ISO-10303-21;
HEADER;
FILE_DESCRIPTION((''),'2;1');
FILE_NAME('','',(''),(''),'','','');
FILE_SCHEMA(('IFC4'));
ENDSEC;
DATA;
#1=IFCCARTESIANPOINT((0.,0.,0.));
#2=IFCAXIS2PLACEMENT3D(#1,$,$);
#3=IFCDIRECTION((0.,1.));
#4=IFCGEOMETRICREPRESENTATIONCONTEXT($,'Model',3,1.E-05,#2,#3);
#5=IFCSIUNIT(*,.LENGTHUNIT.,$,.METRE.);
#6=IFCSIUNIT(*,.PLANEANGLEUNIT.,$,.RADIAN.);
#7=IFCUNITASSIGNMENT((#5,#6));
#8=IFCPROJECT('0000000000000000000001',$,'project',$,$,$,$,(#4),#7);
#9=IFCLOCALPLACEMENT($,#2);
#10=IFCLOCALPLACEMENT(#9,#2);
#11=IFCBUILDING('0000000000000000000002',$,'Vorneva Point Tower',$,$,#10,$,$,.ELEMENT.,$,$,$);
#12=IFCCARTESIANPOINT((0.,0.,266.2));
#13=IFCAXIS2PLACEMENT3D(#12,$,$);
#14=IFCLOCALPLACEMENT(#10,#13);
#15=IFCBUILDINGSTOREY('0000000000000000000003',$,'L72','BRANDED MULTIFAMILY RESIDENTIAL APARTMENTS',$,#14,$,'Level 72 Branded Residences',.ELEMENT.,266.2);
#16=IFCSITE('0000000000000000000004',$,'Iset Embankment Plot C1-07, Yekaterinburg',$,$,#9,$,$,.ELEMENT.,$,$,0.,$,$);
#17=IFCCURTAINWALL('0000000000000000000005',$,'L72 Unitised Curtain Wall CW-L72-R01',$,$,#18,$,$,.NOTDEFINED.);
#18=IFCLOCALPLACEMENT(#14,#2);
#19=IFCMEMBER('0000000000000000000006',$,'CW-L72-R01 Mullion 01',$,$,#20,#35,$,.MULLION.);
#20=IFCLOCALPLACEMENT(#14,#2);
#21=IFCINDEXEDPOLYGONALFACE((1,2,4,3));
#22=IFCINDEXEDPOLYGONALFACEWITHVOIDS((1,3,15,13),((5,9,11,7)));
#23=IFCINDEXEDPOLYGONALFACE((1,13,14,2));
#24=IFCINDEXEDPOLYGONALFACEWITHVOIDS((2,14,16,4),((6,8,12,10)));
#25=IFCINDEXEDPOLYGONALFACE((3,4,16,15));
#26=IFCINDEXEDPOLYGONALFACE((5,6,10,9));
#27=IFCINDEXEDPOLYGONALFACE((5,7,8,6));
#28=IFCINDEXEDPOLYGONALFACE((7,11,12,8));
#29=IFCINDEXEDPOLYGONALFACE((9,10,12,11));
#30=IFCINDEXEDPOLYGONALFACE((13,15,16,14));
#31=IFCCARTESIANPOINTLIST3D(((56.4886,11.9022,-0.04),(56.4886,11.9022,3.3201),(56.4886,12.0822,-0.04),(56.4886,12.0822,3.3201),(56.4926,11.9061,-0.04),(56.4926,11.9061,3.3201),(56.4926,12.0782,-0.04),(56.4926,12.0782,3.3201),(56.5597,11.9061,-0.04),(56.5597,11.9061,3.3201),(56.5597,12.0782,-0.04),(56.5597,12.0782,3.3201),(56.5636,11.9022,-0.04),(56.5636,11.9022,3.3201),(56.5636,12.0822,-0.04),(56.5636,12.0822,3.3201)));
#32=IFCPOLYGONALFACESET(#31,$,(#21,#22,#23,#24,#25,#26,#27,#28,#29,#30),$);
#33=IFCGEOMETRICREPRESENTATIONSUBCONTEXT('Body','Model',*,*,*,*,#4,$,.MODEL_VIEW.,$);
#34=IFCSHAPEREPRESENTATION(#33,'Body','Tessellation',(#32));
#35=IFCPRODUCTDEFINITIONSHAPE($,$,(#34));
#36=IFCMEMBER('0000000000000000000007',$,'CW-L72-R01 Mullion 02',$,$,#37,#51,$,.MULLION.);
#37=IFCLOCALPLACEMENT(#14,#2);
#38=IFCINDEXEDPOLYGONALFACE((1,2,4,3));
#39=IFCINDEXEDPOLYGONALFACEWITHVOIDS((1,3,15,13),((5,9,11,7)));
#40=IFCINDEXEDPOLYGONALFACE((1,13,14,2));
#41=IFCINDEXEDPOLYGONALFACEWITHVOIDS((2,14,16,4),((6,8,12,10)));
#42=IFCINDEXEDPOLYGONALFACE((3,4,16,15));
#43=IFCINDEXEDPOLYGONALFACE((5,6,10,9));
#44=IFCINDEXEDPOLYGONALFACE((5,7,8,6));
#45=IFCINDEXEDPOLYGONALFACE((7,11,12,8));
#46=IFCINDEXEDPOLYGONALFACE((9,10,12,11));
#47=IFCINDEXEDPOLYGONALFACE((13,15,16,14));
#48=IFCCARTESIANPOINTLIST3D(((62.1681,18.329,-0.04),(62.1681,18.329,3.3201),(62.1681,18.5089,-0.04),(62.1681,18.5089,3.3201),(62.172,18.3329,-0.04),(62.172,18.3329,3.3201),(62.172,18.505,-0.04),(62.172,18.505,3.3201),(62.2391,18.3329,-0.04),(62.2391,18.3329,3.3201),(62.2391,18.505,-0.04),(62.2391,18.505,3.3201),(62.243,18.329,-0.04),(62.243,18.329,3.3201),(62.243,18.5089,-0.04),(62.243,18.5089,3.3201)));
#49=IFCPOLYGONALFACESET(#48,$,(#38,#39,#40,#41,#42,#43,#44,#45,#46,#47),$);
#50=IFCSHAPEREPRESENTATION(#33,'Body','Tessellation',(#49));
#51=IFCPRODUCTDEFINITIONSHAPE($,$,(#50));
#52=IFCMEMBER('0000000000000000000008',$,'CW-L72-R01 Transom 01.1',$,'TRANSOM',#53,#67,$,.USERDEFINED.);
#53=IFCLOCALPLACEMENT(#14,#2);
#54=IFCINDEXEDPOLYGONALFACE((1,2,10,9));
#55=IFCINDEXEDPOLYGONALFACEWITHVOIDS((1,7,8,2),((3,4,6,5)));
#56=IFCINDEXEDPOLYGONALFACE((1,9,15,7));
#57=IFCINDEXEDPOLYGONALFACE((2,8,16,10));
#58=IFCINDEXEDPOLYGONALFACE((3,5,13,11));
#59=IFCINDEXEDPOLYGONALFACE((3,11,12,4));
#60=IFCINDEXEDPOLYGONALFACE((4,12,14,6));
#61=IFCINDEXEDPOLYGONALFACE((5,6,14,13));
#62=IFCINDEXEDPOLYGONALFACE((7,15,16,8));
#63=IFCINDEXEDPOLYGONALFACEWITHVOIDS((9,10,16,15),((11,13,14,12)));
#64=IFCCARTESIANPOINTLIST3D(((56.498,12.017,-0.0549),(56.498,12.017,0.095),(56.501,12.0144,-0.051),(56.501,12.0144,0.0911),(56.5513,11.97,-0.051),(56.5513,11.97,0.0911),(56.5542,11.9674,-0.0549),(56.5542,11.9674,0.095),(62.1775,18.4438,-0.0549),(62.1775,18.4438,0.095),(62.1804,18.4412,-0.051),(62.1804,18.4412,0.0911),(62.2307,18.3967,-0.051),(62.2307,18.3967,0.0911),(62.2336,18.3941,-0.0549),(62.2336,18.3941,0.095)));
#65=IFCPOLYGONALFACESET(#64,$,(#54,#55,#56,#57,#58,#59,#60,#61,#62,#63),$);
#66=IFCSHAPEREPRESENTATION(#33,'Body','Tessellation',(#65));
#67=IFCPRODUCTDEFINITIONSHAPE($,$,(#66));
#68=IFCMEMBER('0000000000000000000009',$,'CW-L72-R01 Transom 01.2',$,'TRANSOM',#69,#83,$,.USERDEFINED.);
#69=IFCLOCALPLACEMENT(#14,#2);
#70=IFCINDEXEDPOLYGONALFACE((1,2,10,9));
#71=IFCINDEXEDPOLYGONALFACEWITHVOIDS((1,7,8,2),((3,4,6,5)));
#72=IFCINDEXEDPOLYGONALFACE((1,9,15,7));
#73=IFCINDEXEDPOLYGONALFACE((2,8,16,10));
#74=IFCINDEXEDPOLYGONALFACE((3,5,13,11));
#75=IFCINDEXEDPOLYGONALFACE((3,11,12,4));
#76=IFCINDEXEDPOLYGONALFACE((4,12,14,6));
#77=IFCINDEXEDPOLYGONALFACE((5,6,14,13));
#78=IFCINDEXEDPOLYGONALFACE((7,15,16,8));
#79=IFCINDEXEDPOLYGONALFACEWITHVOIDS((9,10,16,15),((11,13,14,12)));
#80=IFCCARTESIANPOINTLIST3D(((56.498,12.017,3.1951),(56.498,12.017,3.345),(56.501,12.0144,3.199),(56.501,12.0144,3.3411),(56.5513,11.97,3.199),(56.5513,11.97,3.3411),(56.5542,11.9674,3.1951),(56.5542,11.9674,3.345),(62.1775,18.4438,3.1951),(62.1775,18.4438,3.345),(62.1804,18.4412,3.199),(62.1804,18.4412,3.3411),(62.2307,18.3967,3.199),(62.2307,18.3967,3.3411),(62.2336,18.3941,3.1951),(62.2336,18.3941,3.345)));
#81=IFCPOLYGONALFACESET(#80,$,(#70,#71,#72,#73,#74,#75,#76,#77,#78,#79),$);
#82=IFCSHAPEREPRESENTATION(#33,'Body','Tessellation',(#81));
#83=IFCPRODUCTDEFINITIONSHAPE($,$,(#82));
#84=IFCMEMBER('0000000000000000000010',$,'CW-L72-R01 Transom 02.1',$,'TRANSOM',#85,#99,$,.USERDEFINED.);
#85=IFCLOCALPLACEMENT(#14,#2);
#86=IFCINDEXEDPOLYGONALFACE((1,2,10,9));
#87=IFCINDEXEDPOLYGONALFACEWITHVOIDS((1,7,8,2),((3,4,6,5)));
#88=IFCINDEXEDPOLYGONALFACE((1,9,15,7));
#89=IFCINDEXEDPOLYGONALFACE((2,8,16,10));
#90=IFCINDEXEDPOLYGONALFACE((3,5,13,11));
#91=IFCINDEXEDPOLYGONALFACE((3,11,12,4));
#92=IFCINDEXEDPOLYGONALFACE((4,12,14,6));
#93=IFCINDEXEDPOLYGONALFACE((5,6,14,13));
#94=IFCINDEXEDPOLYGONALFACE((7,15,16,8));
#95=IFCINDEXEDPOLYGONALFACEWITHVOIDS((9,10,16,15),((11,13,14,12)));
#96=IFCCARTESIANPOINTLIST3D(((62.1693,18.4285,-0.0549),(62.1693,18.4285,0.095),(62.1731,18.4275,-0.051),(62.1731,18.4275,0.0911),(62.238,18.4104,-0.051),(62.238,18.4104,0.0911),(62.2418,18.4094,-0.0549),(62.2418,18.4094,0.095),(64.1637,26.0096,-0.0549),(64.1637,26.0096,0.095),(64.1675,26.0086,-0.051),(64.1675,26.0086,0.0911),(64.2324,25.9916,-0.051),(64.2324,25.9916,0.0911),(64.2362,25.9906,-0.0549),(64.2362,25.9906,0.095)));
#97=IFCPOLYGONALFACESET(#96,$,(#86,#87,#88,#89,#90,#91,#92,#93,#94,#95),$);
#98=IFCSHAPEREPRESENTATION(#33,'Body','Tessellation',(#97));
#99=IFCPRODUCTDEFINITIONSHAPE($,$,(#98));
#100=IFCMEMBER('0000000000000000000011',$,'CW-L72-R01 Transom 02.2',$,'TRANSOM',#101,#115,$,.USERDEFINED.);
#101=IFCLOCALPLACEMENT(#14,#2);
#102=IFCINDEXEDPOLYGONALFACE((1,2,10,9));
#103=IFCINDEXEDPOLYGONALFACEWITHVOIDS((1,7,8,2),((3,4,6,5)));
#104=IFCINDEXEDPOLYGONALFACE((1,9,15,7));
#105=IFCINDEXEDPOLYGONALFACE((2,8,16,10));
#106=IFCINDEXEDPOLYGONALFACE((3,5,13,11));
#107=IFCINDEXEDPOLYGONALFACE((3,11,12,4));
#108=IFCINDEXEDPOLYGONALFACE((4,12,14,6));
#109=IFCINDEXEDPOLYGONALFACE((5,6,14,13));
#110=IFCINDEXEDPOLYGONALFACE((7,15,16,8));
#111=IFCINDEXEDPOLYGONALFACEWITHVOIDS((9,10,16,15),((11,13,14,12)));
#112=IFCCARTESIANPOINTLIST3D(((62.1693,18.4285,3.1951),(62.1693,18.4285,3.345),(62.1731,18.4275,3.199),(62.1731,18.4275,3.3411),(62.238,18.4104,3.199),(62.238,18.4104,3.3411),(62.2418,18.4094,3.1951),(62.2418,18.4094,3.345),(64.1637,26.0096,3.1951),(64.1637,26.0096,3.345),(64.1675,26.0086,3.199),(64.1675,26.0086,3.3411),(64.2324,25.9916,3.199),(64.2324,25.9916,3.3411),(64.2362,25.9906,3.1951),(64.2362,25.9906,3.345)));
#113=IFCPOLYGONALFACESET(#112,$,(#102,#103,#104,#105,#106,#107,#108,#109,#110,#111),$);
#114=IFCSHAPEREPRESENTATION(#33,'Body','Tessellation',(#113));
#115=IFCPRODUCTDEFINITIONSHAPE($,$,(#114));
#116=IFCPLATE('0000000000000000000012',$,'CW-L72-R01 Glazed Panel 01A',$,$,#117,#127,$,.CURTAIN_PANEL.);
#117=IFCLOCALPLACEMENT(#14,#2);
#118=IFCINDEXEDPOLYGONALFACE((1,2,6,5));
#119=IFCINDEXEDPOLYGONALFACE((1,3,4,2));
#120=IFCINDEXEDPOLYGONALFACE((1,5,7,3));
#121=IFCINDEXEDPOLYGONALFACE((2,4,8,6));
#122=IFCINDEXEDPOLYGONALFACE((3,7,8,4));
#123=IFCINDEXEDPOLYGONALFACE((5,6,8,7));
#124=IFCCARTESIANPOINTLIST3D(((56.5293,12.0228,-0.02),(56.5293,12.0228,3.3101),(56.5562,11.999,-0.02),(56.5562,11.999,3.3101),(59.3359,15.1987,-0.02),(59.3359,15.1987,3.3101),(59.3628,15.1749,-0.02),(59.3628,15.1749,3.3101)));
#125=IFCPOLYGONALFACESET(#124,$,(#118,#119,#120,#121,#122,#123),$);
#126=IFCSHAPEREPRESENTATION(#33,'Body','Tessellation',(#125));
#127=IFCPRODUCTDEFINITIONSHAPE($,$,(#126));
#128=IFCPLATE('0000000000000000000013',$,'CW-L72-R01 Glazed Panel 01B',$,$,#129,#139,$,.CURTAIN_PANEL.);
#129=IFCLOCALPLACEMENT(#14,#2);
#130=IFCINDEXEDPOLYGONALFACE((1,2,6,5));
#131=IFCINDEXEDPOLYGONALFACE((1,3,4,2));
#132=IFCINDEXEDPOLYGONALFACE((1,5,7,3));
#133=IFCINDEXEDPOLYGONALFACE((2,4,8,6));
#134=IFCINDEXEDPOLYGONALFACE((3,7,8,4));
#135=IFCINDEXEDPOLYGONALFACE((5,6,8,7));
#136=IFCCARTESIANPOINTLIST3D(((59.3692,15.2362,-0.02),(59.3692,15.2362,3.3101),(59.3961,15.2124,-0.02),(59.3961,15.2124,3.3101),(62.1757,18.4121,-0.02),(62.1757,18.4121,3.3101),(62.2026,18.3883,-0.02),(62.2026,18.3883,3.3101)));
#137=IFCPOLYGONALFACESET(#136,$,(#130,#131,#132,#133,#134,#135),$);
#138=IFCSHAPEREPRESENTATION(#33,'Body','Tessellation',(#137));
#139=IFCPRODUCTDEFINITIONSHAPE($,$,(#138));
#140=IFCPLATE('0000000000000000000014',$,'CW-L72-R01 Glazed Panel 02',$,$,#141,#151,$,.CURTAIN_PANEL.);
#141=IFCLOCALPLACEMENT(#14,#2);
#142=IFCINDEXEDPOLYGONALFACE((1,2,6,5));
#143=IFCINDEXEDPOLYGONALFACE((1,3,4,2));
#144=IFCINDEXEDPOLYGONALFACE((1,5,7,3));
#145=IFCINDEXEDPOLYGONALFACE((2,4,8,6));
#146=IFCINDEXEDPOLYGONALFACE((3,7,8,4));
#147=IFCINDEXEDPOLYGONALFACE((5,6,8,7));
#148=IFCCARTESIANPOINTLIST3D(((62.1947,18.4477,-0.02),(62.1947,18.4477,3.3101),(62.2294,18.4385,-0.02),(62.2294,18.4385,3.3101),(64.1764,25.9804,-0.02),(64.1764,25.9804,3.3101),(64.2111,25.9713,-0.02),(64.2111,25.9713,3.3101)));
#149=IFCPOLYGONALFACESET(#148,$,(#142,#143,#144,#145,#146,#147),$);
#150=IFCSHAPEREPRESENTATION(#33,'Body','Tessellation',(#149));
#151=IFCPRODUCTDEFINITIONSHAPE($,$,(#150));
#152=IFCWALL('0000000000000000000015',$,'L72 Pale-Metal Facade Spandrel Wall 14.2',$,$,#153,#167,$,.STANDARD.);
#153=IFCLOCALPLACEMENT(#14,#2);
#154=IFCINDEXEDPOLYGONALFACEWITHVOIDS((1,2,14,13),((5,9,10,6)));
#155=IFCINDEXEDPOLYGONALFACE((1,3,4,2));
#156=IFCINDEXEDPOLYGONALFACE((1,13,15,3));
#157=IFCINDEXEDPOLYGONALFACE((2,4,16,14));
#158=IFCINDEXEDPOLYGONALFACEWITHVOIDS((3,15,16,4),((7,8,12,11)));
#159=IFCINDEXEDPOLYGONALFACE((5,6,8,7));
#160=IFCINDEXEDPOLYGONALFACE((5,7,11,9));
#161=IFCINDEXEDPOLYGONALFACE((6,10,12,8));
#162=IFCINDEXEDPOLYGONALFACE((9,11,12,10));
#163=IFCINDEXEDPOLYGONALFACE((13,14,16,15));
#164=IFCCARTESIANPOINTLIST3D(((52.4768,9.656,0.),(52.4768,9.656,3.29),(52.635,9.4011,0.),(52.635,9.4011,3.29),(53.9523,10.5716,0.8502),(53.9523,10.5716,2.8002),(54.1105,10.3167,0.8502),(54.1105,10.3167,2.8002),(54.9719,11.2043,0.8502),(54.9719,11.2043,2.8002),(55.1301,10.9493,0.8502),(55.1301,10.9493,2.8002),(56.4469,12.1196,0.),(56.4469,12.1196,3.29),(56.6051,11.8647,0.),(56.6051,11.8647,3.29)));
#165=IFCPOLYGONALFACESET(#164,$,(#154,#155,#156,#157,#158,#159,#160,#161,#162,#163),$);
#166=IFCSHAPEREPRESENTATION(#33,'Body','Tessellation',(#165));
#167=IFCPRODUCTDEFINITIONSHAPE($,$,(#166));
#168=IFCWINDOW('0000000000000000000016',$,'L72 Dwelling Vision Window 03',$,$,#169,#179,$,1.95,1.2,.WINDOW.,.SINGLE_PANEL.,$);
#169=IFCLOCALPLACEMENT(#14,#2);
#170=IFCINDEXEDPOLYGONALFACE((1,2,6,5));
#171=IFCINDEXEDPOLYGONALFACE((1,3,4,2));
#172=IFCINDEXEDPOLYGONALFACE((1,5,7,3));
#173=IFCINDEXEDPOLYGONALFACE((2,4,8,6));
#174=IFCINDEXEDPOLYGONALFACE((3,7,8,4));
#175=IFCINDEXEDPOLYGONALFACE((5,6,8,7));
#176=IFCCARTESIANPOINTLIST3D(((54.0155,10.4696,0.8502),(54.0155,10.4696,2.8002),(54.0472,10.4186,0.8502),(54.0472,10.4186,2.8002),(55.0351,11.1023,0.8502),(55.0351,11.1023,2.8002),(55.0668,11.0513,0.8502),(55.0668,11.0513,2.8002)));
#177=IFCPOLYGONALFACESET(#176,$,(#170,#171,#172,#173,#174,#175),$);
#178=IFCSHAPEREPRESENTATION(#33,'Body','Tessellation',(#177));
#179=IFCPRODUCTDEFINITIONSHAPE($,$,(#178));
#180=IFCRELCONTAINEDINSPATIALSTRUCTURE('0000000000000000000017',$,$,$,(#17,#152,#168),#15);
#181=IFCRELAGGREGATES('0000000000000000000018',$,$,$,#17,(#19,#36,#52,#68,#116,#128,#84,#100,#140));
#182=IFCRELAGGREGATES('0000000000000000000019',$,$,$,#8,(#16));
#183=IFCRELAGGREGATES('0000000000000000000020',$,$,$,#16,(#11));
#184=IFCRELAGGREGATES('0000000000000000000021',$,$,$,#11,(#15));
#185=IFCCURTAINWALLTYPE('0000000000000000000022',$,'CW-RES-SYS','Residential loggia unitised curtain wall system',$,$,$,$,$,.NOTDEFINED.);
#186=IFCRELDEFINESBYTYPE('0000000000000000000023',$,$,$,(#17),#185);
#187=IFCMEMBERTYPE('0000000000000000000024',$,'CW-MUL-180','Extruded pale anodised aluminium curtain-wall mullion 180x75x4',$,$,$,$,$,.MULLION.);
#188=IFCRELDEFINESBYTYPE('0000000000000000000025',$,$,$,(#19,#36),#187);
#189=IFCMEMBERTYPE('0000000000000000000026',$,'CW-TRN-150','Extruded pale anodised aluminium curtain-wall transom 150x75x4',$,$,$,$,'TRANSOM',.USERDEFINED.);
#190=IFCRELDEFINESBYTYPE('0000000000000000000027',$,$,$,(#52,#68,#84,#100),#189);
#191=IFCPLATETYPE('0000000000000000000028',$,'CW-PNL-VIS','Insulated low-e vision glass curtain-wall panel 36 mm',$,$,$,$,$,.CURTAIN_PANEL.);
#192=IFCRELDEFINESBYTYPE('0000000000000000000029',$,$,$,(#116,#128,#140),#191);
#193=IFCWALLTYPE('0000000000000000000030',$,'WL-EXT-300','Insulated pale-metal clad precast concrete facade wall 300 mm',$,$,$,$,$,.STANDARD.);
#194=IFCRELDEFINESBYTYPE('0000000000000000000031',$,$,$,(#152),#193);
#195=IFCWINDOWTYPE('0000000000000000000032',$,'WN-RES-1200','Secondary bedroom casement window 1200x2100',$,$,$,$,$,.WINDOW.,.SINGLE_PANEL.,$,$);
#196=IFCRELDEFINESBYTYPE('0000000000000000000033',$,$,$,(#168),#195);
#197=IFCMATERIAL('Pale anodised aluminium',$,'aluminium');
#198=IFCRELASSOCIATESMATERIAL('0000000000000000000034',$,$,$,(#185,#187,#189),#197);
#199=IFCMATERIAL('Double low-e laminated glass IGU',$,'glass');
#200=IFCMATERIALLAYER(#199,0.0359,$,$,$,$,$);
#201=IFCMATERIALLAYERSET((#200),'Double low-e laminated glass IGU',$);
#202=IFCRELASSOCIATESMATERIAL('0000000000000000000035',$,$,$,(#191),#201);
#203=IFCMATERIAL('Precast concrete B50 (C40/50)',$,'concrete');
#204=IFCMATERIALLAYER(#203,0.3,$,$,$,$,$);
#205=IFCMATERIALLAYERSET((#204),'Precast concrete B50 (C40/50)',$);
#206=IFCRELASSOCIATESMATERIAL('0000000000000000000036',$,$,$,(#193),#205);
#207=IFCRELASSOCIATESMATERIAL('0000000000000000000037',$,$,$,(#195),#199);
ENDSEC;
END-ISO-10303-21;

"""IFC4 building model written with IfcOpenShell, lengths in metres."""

from ifc_helpers import new_model, si_unit, direction, frame, frame_2d, origin, origin_2d, place, context, subcontext, project, spatial, rectangle, hollow_rectangle, extrude, material, layer, layer_set, material_profile, profile_set, type_object, element, fill, aggregate, save


model = new_model("IFC4")

# Units and contexts
model_context = context("Model", 3, precision=1e-05, world=origin(), true_north=direction((0.0, 1.0)))
body_context = subcontext(model_context, "Body", "Model", "MODEL_VIEW")
ifc_project = project(units=[si_unit("LENGTHUNIT", "METRE"), si_unit("PLANEANGLEUNIT", "RADIAN")], contexts=[model_context])

# Site, building, storey
site_placement = place(None, origin())
site = spatial("IfcSite", under=ifc_project, at=site_placement, Name="Iset Embankment Plot C1-07, Yekaterinburg", CompositionType="ELEMENT", RefElevation=0.0)
building_placement = place(site_placement, origin())
building = spatial("IfcBuilding", under=site, at=building_placement, Name="Vorneva Point Tower", CompositionType="ELEMENT")
storey_placement = place(building_placement, frame((0.0, 0.0, 266.2)))
storey = spatial("IfcBuildingStorey", under=building, at=storey_placement, Name="L72", Description="BRANDED MULTIFAMILY RESIDENTIAL APARTMENTS", LongName="Level 72 Branded Residences", CompositionType="ELEMENT", Elevation=266.2)

# Curtain wall, members, plates
ifc_material_1 = material(Name="Pale anodised aluminium", Category="aluminium")
curtain_wall_type = type_object("IfcCurtainWallType", Name="CW-RES-SYS", Description="Residential loggia unitised curtain wall system", PredefinedType="NOTDEFINED", material=ifc_material_1)
curtain_wall_placement = place(storey_placement, origin())
curtain_wall = element("IfcCurtainWall", 1, at=curtain_wall_placement, inside=storey, type_object=curtain_wall_type, Name="L72 Unitised Curtain Wall CW-L72-R01", PredefinedType="NOTDEFINED")
ifc_material_profile_1 = material_profile(ifc_material_1, hollow_rectangle(XDim=0.075, YDim=0.1799, WallThickness=0.0039, at=origin_2d()), Name="AL-MUL 180x75x4")
ifc_profile_set_1 = profile_set([ifc_material_profile_1], Name="Pale anodised aluminium")
member_type_1 = type_object("IfcMemberType", Name="CW-MUL-180", Description="Extruded pale anodised aluminium curtain-wall mullion 180x75x4", PredefinedType="MULLION", material=ifc_profile_set_1)
member_1_placement = place(storey_placement, frame((56.5261, 11.9922, -0.04), z_axis=(0.0, 0.0, 1.0), x_axis=(1.0, 0.0, 0.0)))
member_1 = element("IfcMember", 2, at=member_1_placement, type_object=member_type_1, Name="CW-L72-R01 Mullion 01", PredefinedType="MULLION", context=body_context, shape_type="SweptSolid", body=[
    extrude(hollow_rectangle(XDim=0.075, YDim=0.1799, WallThickness=0.0039, at=origin_2d()), origin(), (0.0, 0.0, 1.0), 3.3601),
])
member_2_placement = place(storey_placement, frame((62.2056, 18.4189, -0.04), z_axis=(0.0, 0.0, 1.0), x_axis=(1.0, 0.0, 0.0)))
member_2 = element("IfcMember", 3, at=member_2_placement, type_object=member_type_1, Name="CW-L72-R01 Mullion 02", PredefinedType="MULLION", context=body_context, shape_type="SweptSolid", body=[
    extrude(hollow_rectangle(XDim=0.075, YDim=0.1799, WallThickness=0.0039, at=origin_2d()), origin(), (0.0, 0.0, 1.0), 3.3601),
])
ifc_material_profile_2 = material_profile(ifc_material_1, hollow_rectangle(XDim=0.075, YDim=0.1499, WallThickness=0.0039, at=origin_2d()), Name="AL-TRN 150x75x4")
ifc_profile_set_2 = profile_set([ifc_material_profile_2], Name="Pale anodised aluminium")
member_type_2 = type_object("IfcMemberType", Name="CW-TRN-150", Description="Extruded pale anodised aluminium curtain-wall transom 150x75x4", ElementType="TRANSOM", PredefinedType="USERDEFINED", material=ifc_profile_set_2)
member_3_placement = place(storey_placement, frame((56.5261, 11.9922, 0.02), z_axis=(0.662197, 0.74933, 0.0), x_axis=(-0.74933, 0.662197, 0.0)))
member_3 = element("IfcMember", 4, at=member_3_placement, type_object=member_type_2, Name="CW-L72-R01 Transom 01.1", ObjectType="TRANSOM", PredefinedType="USERDEFINED", context=body_context, shape_type="SweptSolid", body=[
    extrude(hollow_rectangle(XDim=0.075, YDim=0.1499, WallThickness=0.0039, at=origin_2d()), origin(), (0.0, 0.0, 1.0), 8.5767),
])
member_4_placement = place(storey_placement, frame((56.5261, 11.9922, 3.27), z_axis=(0.662197, 0.74933, 0.0), x_axis=(-0.74933, 0.662197, 0.0)))
member_4 = element("IfcMember", 5, at=member_4_placement, type_object=member_type_2, Name="CW-L72-R01 Transom 01.2", ObjectType="TRANSOM", PredefinedType="USERDEFINED", context=body_context, shape_type="SweptSolid", body=[
    extrude(hollow_rectangle(XDim=0.075, YDim=0.1499, WallThickness=0.0039, at=origin_2d()), origin(), (0.0, 0.0, 1.0), 8.5767),
])
member_5_placement = place(storey_placement, frame((62.2056, 18.4189, 0.02), z_axis=(0.254418, 0.967094, 0.0), x_axis=(-0.967094, 0.254418, 0.0)))
member_5 = element("IfcMember", 6, at=member_5_placement, type_object=member_type_2, Name="CW-L72-R01 Transom 02.1", ObjectType="TRANSOM", PredefinedType="USERDEFINED", context=body_context, shape_type="SweptSolid", body=[
    extrude(hollow_rectangle(XDim=0.075, YDim=0.1499, WallThickness=0.0039, at=origin_2d()), origin(), (0.0, 0.0, 1.0), 7.8391),
])
member_6_placement = place(storey_placement, frame((62.2056, 18.4189, 3.27), z_axis=(0.254418, 0.967094, 0.0), x_axis=(-0.967094, 0.254418, 0.0)))
member_6 = element("IfcMember", 7, at=member_6_placement, type_object=member_type_2, Name="CW-L72-R01 Transom 02.2", ObjectType="TRANSOM", PredefinedType="USERDEFINED", context=body_context, shape_type="SweptSolid", body=[
    extrude(hollow_rectangle(XDim=0.075, YDim=0.1499, WallThickness=0.0039, at=origin_2d()), origin(), (0.0, 0.0, 1.0), 7.8391),
])
ifc_material_2 = material(Name="Double low-e laminated glass IGU", Category="glass")
ifc_layer_1 = layer(ifc_material_2, 0.0359)
ifc_layer_set_1 = layer_set([ifc_layer_1], Name="Double low-e laminated glass IGU")
plate_type = type_object("IfcPlateType", Name="CW-PNL-VIS", Description="Insulated low-e vision glass curtain-wall panel 36 mm", PredefinedType="CURTAIN_PANEL", material=ifc_layer_set_1)
plate_1_placement = place(storey_placement, frame((57.946, 13.5989, -0.02), z_axis=(0.0, 0.0, 1.0), x_axis=(0.662189, 0.749337, 0.0)))
plate_1 = element("IfcPlate", 8, at=plate_1_placement, type_object=plate_type, Name="CW-L72-R01 Glazed Panel 01A", PredefinedType="CURTAIN_PANEL", context=body_context, shape_type="SweptSolid", body=[
    extrude(rectangle(XDim=4.2383, YDim=0.0359, at=origin_2d()), origin(), (0.0, 0.0, 1.0), 3.3301),
])
plate_2_placement = place(storey_placement, frame((60.7859, 16.8123, -0.02), z_axis=(0.0, 0.0, 1.0), x_axis=(0.662189, 0.749337, 0.0)))
plate_2 = element("IfcPlate", 9, at=plate_2_placement, type_object=plate_type, Name="CW-L72-R01 Glazed Panel 01B", PredefinedType="CURTAIN_PANEL", context=body_context, shape_type="SweptSolid", body=[
    extrude(rectangle(XDim=4.2383, YDim=0.0359, at=origin_2d()), origin(), (0.0, 0.0, 1.0), 3.3301),
])
plate_3_placement = place(storey_placement, frame((63.2029, 22.2095, -0.02), z_axis=(0.0, 0.0, 1.0), x_axis=(0.254416, 0.967095, 0.0)))
plate_3 = element("IfcPlate", 10, at=plate_3_placement, type_object=plate_type, Name="CW-L72-R01 Glazed Panel 02", PredefinedType="CURTAIN_PANEL", context=body_context, shape_type="SweptSolid", body=[
    extrude(rectangle(XDim=7.7891, YDim=0.0359, at=origin_2d()), origin(), (0.0, 0.0, 1.0), 3.3301),
])
aggregate(curtain_wall, [member_1, member_2, member_3, member_4, plate_1, plate_2, member_5, member_6, plate_3])

# Wall, opening, window
ifc_material_3 = material(Name="Precast concrete B50 (C40/50)", Category="concrete")
ifc_layer_2 = layer(ifc_material_3, 0.3)
ifc_layer_set_2 = layer_set([ifc_layer_2], Name="Precast concrete B50 (C40/50)")
wall_type_1 = type_object("IfcWallType", Name="WL-EXT-300", Description="Insulated pale-metal clad precast concrete facade wall 300 mm", PredefinedType="STANDARD", material=ifc_layer_set_2)
wall_1_placement = place(storey_placement, frame((52.5559, 9.5286, 0.0), z_axis=(0.0, 0.0, 1.0), x_axis=(0.849702, 0.527263, 0.0)))
wall_1 = element("IfcWall", 11, at=wall_1_placement, inside=storey, type_object=wall_type_1, Name="L72 Pale-Metal Facade Spandrel Wall 14.2", PredefinedType="STANDARD", context=body_context, shape_type="SweptSolid", body=[
    extrude(rectangle(XDim=4.6724, YDim=0.3, at=frame_2d((2.3362, 0.0))), origin(), (0.0, 0.0, 1.0), 3.29),
])
opening_1_placement = place(wall_1_placement, frame((1.7363, 0.0, 0.8501)))
opening_1 = element("IfcOpeningElement", 12, at=opening_1_placement, cuts=wall_1, PredefinedType="OPENING", context=body_context, shape_type="SweptSolid", body=[
    extrude(rectangle(XDim=1.2, YDim=1.95, at=frame_2d((0.6001, 0.9751))), frame((0.0, 0.165, 0.0), z_axis=(0.0, -1.0, 0.0), x_axis=(1.0, 0.0, 0.0)), (0.0, 0.0, 1.0), 0.3298),
])
window_type = type_object("IfcWindowType", Name="WN-RES-1200", Description="Secondary bedroom casement window 1200x2100", PartitioningType="SINGLE_PANEL", PredefinedType="WINDOW", material=ifc_material_2)
window_placement = place(opening_1_placement, origin())
window = element("IfcWindow", 13, at=window_placement, inside=storey, type_object=window_type, Name="L72 Dwelling Vision Window 03", OverallHeight=1.95, OverallWidth=1.2, PartitioningType="SINGLE_PANEL", PredefinedType="WINDOW", context=body_context, shape_type="SweptSolid", body=[
    extrude(rectangle(XDim=1.2, YDim=1.95, at=frame_2d((0.6001, 0.9751))), frame((0.0, 0.03, 0.0), z_axis=(0.0, -1.0, 0.0), x_axis=(1.0, 0.0, 0.0)), (0.0, 0.0, 1.0), 0.0601),
])
fill(opening_1, window)

save(model, "model.ifc")
